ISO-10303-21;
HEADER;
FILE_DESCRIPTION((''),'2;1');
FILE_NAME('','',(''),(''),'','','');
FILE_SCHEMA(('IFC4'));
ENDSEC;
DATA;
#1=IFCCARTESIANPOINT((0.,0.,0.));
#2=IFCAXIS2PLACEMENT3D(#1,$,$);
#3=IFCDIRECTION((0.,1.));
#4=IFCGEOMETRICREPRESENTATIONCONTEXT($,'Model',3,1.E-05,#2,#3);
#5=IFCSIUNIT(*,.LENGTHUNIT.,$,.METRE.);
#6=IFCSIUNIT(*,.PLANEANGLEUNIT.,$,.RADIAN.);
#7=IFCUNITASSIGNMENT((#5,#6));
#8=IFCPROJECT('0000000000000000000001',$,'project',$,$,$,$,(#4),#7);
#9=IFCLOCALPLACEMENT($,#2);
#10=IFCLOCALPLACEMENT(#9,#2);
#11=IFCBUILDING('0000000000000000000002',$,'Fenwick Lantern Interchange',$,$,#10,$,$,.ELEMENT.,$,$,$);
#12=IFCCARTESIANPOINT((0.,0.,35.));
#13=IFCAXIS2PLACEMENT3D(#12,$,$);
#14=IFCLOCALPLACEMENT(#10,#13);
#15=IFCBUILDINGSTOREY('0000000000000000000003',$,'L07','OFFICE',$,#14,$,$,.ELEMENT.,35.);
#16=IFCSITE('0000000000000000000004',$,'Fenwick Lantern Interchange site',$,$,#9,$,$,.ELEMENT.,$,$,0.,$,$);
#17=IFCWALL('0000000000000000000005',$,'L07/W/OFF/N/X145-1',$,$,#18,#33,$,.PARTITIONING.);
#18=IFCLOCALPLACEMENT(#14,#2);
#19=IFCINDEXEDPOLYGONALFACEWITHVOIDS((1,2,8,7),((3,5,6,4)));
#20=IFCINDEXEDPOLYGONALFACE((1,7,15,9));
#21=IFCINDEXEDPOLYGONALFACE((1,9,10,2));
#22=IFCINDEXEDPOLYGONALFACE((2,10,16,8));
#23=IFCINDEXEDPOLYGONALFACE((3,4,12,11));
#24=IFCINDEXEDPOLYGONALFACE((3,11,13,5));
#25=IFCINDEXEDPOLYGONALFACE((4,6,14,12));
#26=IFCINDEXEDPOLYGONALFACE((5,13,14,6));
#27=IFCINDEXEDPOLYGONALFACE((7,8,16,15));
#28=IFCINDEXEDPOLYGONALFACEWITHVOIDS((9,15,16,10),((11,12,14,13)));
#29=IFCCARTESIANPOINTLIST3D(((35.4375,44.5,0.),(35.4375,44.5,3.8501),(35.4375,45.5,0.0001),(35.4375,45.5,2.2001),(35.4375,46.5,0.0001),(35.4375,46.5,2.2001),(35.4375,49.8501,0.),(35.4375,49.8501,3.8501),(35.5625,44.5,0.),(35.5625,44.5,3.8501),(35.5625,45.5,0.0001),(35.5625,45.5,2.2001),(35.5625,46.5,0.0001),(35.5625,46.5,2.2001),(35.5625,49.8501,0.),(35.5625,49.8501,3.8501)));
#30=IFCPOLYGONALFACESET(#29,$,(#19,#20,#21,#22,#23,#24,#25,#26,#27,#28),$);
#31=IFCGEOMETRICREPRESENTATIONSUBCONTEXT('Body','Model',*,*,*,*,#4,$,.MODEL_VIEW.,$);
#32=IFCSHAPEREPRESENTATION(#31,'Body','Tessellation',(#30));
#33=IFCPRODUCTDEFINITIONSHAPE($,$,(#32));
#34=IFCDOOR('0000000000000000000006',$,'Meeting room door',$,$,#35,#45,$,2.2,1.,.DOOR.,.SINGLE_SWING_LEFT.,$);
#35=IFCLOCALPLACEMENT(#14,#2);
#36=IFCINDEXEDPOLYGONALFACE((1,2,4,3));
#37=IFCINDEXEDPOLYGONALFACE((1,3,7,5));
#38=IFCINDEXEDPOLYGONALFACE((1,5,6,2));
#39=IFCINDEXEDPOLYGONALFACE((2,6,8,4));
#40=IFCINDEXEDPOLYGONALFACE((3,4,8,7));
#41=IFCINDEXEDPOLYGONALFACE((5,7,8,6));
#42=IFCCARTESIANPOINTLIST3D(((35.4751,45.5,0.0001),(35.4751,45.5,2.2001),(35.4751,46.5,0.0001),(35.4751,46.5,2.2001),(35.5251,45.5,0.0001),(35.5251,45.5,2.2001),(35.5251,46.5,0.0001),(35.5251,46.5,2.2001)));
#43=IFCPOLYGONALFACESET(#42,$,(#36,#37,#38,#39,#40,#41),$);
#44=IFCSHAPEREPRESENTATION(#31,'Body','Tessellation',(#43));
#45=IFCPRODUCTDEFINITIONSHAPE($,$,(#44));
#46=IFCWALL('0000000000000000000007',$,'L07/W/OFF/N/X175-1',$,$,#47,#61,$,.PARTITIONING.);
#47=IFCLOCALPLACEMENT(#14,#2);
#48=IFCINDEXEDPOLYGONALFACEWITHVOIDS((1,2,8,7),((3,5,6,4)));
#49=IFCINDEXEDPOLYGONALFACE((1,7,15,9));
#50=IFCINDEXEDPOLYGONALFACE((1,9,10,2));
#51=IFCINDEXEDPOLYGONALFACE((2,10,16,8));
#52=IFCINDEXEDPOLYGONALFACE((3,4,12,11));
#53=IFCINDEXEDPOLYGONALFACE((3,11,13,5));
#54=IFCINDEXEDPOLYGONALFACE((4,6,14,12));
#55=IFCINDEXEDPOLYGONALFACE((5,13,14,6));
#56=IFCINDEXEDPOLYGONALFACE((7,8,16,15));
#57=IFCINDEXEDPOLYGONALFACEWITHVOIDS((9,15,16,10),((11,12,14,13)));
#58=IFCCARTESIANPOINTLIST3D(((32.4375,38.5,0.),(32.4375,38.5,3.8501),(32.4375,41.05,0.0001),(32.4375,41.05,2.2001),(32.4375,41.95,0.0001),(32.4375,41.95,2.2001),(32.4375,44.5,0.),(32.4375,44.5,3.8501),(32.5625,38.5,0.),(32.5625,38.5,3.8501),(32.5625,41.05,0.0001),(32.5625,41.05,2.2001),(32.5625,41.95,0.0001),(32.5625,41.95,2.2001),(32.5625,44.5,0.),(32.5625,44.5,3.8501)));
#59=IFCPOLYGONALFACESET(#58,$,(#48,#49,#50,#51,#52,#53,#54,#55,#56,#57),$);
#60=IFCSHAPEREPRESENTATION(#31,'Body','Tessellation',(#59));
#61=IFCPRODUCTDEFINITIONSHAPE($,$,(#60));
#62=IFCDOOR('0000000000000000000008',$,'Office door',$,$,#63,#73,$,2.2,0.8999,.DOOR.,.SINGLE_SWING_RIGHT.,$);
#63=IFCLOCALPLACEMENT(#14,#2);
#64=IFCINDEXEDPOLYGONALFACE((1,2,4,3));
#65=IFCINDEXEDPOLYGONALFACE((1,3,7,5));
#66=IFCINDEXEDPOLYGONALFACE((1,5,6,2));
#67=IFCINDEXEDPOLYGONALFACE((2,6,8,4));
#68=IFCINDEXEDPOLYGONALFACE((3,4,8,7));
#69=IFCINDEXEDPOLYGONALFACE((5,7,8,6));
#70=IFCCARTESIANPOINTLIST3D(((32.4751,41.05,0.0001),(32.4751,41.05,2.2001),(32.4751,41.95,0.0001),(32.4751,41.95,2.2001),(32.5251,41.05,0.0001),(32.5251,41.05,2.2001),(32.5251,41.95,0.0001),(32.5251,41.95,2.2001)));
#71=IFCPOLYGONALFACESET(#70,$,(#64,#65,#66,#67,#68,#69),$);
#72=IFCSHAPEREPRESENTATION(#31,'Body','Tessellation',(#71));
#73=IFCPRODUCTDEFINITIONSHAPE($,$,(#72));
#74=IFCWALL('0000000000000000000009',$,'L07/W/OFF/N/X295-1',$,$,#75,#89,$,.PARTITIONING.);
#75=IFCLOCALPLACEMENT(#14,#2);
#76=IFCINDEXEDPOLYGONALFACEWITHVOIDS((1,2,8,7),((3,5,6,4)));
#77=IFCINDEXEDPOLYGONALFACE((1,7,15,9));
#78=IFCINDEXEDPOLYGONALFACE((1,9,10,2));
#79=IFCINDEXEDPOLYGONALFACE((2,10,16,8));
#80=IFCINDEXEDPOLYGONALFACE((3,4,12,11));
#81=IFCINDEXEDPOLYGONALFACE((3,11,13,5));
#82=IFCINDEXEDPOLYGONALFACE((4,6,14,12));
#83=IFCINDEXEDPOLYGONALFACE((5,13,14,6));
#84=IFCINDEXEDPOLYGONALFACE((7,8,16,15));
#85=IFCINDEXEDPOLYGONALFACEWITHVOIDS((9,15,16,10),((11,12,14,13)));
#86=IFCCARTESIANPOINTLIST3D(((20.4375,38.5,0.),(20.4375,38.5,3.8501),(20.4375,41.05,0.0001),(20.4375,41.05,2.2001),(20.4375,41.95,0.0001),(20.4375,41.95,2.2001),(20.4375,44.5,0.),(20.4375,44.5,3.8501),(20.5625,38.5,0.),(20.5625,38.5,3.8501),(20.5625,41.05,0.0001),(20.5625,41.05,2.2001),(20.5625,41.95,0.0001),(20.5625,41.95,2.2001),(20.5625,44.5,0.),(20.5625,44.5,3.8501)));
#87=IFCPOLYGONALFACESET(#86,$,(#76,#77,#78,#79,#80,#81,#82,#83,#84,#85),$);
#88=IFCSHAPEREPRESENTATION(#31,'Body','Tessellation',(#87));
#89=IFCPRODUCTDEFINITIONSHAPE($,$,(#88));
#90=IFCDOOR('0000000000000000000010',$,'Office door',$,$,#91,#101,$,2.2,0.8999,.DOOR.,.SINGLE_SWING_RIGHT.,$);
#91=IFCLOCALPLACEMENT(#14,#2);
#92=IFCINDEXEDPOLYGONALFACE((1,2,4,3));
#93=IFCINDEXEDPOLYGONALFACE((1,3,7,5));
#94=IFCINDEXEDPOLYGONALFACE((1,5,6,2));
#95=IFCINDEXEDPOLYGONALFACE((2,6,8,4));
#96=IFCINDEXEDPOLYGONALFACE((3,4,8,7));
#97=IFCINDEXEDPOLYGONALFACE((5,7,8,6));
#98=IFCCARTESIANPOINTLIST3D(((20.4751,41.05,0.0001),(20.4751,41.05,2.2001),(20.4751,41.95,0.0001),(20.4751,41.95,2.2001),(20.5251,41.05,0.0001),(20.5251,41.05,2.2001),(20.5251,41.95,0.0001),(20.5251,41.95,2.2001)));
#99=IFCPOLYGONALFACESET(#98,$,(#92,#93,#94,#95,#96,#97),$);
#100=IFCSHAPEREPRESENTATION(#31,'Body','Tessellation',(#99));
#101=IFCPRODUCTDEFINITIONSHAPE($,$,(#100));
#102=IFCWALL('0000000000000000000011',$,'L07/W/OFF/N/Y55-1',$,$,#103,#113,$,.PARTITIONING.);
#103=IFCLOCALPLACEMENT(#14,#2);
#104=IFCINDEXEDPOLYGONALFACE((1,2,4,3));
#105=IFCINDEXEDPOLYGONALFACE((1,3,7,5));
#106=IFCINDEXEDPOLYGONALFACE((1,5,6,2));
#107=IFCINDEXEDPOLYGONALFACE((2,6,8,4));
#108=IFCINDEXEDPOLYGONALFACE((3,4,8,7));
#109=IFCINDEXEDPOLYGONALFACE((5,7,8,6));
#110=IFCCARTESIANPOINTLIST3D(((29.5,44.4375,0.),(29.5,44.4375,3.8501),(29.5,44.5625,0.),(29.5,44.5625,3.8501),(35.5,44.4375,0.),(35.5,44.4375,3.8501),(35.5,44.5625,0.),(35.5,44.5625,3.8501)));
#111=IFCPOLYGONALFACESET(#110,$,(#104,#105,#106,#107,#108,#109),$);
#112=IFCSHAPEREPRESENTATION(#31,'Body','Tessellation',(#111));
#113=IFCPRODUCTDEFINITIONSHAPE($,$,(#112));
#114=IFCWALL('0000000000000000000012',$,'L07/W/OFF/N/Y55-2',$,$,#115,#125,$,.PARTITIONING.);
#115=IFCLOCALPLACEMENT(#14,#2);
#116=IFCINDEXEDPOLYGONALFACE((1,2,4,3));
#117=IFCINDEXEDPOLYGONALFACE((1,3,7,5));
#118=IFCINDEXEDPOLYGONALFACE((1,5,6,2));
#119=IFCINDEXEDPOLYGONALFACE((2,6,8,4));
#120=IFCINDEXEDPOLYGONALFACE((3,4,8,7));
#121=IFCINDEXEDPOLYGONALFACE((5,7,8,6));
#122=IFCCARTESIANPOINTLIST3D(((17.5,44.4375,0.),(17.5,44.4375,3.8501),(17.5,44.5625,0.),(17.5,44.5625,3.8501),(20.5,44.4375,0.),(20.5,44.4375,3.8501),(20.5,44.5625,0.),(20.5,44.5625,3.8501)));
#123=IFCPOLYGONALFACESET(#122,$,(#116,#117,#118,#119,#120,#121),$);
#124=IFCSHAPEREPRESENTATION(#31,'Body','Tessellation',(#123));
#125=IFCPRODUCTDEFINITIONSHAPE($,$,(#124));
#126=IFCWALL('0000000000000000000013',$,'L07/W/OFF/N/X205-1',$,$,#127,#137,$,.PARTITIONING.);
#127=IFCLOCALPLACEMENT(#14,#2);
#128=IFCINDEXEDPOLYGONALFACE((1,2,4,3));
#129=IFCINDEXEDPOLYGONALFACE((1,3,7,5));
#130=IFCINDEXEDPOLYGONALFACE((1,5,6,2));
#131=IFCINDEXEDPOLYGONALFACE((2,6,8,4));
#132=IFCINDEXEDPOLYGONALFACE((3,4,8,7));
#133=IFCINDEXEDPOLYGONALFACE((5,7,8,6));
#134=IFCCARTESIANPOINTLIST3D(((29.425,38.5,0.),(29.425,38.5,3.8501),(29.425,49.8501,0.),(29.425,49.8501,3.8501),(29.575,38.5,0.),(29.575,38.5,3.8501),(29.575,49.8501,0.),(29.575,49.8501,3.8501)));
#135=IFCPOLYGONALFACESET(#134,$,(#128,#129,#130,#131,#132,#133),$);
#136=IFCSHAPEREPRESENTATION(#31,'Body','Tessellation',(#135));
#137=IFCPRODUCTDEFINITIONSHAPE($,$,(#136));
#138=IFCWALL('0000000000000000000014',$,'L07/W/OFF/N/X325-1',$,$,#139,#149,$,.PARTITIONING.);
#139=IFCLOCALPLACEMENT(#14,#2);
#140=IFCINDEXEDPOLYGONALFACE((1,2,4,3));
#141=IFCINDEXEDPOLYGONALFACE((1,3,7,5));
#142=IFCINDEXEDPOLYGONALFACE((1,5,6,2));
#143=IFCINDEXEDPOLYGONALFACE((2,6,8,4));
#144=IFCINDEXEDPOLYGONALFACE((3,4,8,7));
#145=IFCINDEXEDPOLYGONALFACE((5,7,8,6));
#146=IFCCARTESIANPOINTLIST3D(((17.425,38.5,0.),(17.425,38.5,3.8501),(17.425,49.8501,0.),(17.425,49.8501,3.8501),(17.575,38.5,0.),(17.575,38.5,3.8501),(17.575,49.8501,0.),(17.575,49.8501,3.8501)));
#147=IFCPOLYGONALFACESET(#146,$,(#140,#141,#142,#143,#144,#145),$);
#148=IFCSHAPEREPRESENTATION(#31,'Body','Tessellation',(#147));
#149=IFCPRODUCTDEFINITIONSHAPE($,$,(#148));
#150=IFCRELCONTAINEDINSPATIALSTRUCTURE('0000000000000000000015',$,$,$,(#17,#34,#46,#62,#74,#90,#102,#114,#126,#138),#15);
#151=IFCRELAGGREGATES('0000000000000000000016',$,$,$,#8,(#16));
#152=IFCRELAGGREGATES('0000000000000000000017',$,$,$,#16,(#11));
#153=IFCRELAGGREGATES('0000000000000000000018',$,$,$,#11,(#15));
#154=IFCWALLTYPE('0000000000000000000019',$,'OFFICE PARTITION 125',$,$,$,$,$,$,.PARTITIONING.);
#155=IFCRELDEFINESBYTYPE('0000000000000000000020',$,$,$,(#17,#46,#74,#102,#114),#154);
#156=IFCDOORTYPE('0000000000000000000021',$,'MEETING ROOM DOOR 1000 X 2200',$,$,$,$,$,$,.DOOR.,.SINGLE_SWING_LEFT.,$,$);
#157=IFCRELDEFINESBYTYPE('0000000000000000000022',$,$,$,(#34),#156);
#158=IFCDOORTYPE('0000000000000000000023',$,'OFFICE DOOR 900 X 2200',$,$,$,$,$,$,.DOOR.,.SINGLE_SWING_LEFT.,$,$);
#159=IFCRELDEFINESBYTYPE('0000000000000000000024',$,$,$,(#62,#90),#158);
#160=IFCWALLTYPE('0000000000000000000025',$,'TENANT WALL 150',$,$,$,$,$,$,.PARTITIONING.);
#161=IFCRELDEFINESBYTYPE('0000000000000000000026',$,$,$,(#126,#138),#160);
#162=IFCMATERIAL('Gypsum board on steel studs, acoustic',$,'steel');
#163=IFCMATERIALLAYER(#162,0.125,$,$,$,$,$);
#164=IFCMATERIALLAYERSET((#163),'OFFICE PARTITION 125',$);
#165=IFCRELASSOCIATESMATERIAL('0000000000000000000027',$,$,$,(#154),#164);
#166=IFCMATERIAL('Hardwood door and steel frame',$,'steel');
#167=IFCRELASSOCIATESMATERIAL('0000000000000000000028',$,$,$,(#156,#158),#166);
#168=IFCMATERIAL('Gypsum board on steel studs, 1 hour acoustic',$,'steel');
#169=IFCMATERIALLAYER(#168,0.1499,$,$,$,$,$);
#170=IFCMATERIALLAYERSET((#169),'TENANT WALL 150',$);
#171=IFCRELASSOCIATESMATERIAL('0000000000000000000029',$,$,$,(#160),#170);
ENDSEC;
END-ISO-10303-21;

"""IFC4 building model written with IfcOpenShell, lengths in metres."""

from ifc_helpers import new_model, si_unit, direction, frame, frame_2d, origin, place, context, subcontext, project, spatial, rectangle, extrude, material, layer, layer_set, type_object, element, fill, save


model = new_model("IFC4")

# Units and contexts
model_context = context("Model", 3, precision=1e-05, world=origin(), true_north=direction((0.0, 1.0)))
body_context = subcontext(model_context, "Body", "Model", "MODEL_VIEW")
ifc_project = project(units=[si_unit("LENGTHUNIT", "METRE"), si_unit("PLANEANGLEUNIT", "RADIAN")], contexts=[model_context])

# Site, building, storey
site_placement = place(None, origin())
site = spatial("IfcSite", under=ifc_project, at=site_placement, Name="Fenwick Lantern Interchange site", CompositionType="ELEMENT", RefElevation=0.0)
building_placement = place(site_placement, origin())
building = spatial("IfcBuilding", under=site, at=building_placement, Name="Fenwick Lantern Interchange", CompositionType="ELEMENT")
storey_placement = place(building_placement, frame((0.0, 0.0, 35.0)))
storey = spatial("IfcBuildingStorey", under=building, at=storey_placement, Name="L07", Description="OFFICE", CompositionType="ELEMENT", Elevation=35.0)

# Walls, openings, doors
ifc_material_1 = material(Name="Gypsum board on steel studs, acoustic", Category="steel")
ifc_layer_1 = layer(ifc_material_1, 0.125)
ifc_layer_set_1 = layer_set([ifc_layer_1], Name="OFFICE PARTITION 125")
wall_type_1 = type_object("IfcWallType", Name="OFFICE PARTITION 125", PredefinedType="PARTITIONING", material=ifc_layer_set_1)
wall_1_placement = place(storey_placement, frame((35.5, 49.8501, 0.0), z_axis=(0.0, 0.0, 1.0), x_axis=(0.0, -1.0, 0.0)))
wall_1 = element("IfcWall", 1, at=wall_1_placement, inside=storey, type_object=wall_type_1, Name="L07/W/OFF/N/X145-1", PredefinedType="PARTITIONING", context=body_context, shape_type="SweptSolid", body=[
    extrude(rectangle(XDim=5.3501, YDim=0.125, at=frame_2d((2.675, 0.0))), origin(), (0.0, 0.0, 1.0), 3.8501),
])
opening_1_placement = place(wall_1_placement, frame((3.3501, 0.0, 0.0)))
opening_1 = element("IfcOpeningElement", 2, at=opening_1_placement, cuts=wall_1, PredefinedType="OPENING", context=body_context, shape_type="SweptSolid", body=[
    extrude(rectangle(XDim=1.0, YDim=2.2, at=frame_2d((0.5, 1.1001))), frame((0.0, 0.0725, 0.0), z_axis=(0.0, -1.0, 0.0), x_axis=(1.0, 0.0, 0.0)), (0.0, 0.0, 1.0), 0.145),
])
ifc_material_2 = material(Name="Hardwood door and steel frame", Category="steel")
door_type_1 = type_object("IfcDoorType", Name="MEETING ROOM DOOR 1000 X 2200", OperationType="SINGLE_SWING_LEFT", PredefinedType="DOOR", material=ifc_material_2)
door_1_placement = place(opening_1_placement, frame((1.0, 0.0, 0.0), z_axis=(0.0, 0.0, 1.0), x_axis=(-1.0, 0.0, 0.0)))
door_1 = element("IfcDoor", 3, at=door_1_placement, inside=storey, type_object=door_type_1, Name="Meeting room door", OperationType="SINGLE_SWING_LEFT", OverallHeight=2.2, OverallWidth=1.0, PredefinedType="DOOR", context=body_context, shape_type="SweptSolid", body=[
    extrude(rectangle(XDim=1.0, YDim=2.2, at=frame_2d((0.5, 1.1001))), frame((0.0, 0.0249, 0.0), z_axis=(0.0, -1.0, 0.0), x_axis=(1.0, 0.0, 0.0)), (0.0, 0.0, 1.0), 0.05),
])
fill(opening_1, door_1)
wall_2_placement = place(storey_placement, frame((32.5, 44.5, 0.0), z_axis=(0.0, 0.0, 1.0), x_axis=(0.0, -1.0, 0.0)))
wall_2 = element("IfcWall", 4, at=wall_2_placement, inside=storey, type_object=wall_type_1, Name="L07/W/OFF/N/X175-1", PredefinedType="PARTITIONING", context=body_context, shape_type="SweptSolid", body=[
    extrude(rectangle(XDim=6.0, YDim=0.125, at=frame_2d((3.0, 0.0))), origin(), (0.0, 0.0, 1.0), 3.8501),
])
opening_2_placement = place(wall_2_placement, frame((2.55, 0.0, 0.0)))
opening_2 = element("IfcOpeningElement", 5, at=opening_2_placement, cuts=wall_2, PredefinedType="OPENING", context=body_context, shape_type="SweptSolid", body=[
    extrude(rectangle(XDim=0.8999, YDim=2.2, at=frame_2d((0.45, 1.1001))), frame((0.0, 0.0725, 0.0), z_axis=(0.0, -1.0, 0.0), x_axis=(1.0, 0.0, 0.0)), (0.0, 0.0, 1.0), 0.145),
])
door_type_2 = type_object("IfcDoorType", Name="OFFICE DOOR 900 X 2200", OperationType="SINGLE_SWING_LEFT", PredefinedType="DOOR", material=ifc_material_2)
door_2_placement = place(opening_2_placement, frame((0.8999, 0.0, 0.0), z_axis=(0.0, 0.0, 1.0), x_axis=(-1.0, 0.0, 0.0)))
door_2 = element("IfcDoor", 6, at=door_2_placement, inside=storey, type_object=door_type_2, Name="Office door", OperationType="SINGLE_SWING_RIGHT", OverallHeight=2.2, OverallWidth=0.8999, PredefinedType="DOOR", context=body_context, shape_type="SweptSolid", body=[
    extrude(rectangle(XDim=0.8999, YDim=2.2, at=frame_2d((0.45, 1.1001))), frame((0.0, 0.0249, 0.0), z_axis=(0.0, -1.0, 0.0), x_axis=(1.0, 0.0, 0.0)), (0.0, 0.0, 1.0), 0.05),
])
fill(opening_2, door_2)
wall_3_placement = place(storey_placement, frame((20.5, 44.5, 0.0), z_axis=(0.0, 0.0, 1.0), x_axis=(0.0, -1.0, 0.0)))
wall_3 = element("IfcWall", 7, at=wall_3_placement, inside=storey, type_object=wall_type_1, Name="L07/W/OFF/N/X295-1", PredefinedType="PARTITIONING", context=body_context, shape_type="SweptSolid", body=[
    extrude(rectangle(XDim=6.0, YDim=0.125, at=frame_2d((3.0, 0.0))), origin(), (0.0, 0.0, 1.0), 3.8501),
])
opening_3_placement = place(wall_3_placement, frame((2.55, 0.0, 0.0)))
opening_3 = element("IfcOpeningElement", 8, at=opening_3_placement, cuts=wall_3, PredefinedType="OPENING", context=body_context, shape_type="SweptSolid", body=[
    extrude(rectangle(XDim=0.8999, YDim=2.2, at=frame_2d((0.45, 1.1001))), frame((0.0, 0.0725, 0.0), z_axis=(0.0, -1.0, 0.0), x_axis=(1.0, 0.0, 0.0)), (0.0, 0.0, 1.0), 0.145),
])
door_3_placement = place(opening_3_placement, frame((0.8999, 0.0, 0.0), z_axis=(0.0, 0.0, 1.0), x_axis=(-1.0, 0.0, 0.0)))
door_3 = element("IfcDoor", 9, at=door_3_placement, inside=storey, type_object=door_type_2, Name="Office door", OperationType="SINGLE_SWING_RIGHT", OverallHeight=2.2, OverallWidth=0.8999, PredefinedType="DOOR", context=body_context, shape_type="SweptSolid", body=[
    extrude(rectangle(XDim=0.8999, YDim=2.2, at=frame_2d((0.45, 1.1001))), frame((0.0, 0.0249, 0.0), z_axis=(0.0, -1.0, 0.0), x_axis=(1.0, 0.0, 0.0)), (0.0, 0.0, 1.0), 0.05),
])
fill(opening_3, door_3)

# Walls
wall_4_placement = place(storey_placement, frame((35.5, 44.5, 0.0), z_axis=(0.0, 0.0, 1.0), x_axis=(-1.0, 0.0, 0.0)))
element("IfcWall", 10, at=wall_4_placement, inside=storey, type_object=wall_type_1, Name="L07/W/OFF/N/Y55-1", PredefinedType="PARTITIONING", context=body_context, shape_type="SweptSolid", body=[
    extrude(rectangle(XDim=6.0, YDim=0.125, at=frame_2d((3.0, 0.0))), origin(), (0.0, 0.0, 1.0), 3.8501),
])
wall_5_placement = place(storey_placement, frame((20.5, 44.5, 0.0), z_axis=(0.0, 0.0, 1.0), x_axis=(-1.0, 0.0, 0.0)))
element("IfcWall", 11, at=wall_5_placement, inside=storey, type_object=wall_type_1, Name="L07/W/OFF/N/Y55-2", PredefinedType="PARTITIONING", context=body_context, shape_type="SweptSolid", body=[
    extrude(rectangle(XDim=3.0, YDim=0.125, at=frame_2d((1.5, 0.0))), origin(), (0.0, 0.0, 1.0), 3.8501),
])
ifc_material_3 = material(Name="Gypsum board on steel studs, 1 hour acoustic", Category="steel")
ifc_layer_2 = layer(ifc_material_3, 0.1499)
ifc_layer_set_2 = layer_set([ifc_layer_2], Name="TENANT WALL 150")
wall_type_2 = type_object("IfcWallType", Name="TENANT WALL 150", PredefinedType="PARTITIONING", material=ifc_layer_set_2)
for number, where, z_axis, x_axis, name in (
    (12, (29.5, 49.8501, 0.0), (0.0, 0.0, 1.0), (0.0, -1.0, 0.0), "L07/W/OFF/N/X205-1"),
    (13, (17.5, 49.8501, 0.0), (0.0, 0.0, 1.0), (0.0, -1.0, 0.0), "L07/W/OFF/N/X325-1"),
):
    element("IfcWall", number, at=place(storey_placement, frame(where, z_axis=z_axis, x_axis=x_axis)), inside=storey, type_object=wall_type_2, Name=name, PredefinedType="PARTITIONING", context=body_context, shape_type="SweptSolid", body=[
        extrude(rectangle(XDim=11.3501, YDim=0.1499, at=frame_2d((5.675, 0.0))), origin(), (0.0, 0.0, 1.0), 3.8501),
    ])

save(model, "model.ifc")
